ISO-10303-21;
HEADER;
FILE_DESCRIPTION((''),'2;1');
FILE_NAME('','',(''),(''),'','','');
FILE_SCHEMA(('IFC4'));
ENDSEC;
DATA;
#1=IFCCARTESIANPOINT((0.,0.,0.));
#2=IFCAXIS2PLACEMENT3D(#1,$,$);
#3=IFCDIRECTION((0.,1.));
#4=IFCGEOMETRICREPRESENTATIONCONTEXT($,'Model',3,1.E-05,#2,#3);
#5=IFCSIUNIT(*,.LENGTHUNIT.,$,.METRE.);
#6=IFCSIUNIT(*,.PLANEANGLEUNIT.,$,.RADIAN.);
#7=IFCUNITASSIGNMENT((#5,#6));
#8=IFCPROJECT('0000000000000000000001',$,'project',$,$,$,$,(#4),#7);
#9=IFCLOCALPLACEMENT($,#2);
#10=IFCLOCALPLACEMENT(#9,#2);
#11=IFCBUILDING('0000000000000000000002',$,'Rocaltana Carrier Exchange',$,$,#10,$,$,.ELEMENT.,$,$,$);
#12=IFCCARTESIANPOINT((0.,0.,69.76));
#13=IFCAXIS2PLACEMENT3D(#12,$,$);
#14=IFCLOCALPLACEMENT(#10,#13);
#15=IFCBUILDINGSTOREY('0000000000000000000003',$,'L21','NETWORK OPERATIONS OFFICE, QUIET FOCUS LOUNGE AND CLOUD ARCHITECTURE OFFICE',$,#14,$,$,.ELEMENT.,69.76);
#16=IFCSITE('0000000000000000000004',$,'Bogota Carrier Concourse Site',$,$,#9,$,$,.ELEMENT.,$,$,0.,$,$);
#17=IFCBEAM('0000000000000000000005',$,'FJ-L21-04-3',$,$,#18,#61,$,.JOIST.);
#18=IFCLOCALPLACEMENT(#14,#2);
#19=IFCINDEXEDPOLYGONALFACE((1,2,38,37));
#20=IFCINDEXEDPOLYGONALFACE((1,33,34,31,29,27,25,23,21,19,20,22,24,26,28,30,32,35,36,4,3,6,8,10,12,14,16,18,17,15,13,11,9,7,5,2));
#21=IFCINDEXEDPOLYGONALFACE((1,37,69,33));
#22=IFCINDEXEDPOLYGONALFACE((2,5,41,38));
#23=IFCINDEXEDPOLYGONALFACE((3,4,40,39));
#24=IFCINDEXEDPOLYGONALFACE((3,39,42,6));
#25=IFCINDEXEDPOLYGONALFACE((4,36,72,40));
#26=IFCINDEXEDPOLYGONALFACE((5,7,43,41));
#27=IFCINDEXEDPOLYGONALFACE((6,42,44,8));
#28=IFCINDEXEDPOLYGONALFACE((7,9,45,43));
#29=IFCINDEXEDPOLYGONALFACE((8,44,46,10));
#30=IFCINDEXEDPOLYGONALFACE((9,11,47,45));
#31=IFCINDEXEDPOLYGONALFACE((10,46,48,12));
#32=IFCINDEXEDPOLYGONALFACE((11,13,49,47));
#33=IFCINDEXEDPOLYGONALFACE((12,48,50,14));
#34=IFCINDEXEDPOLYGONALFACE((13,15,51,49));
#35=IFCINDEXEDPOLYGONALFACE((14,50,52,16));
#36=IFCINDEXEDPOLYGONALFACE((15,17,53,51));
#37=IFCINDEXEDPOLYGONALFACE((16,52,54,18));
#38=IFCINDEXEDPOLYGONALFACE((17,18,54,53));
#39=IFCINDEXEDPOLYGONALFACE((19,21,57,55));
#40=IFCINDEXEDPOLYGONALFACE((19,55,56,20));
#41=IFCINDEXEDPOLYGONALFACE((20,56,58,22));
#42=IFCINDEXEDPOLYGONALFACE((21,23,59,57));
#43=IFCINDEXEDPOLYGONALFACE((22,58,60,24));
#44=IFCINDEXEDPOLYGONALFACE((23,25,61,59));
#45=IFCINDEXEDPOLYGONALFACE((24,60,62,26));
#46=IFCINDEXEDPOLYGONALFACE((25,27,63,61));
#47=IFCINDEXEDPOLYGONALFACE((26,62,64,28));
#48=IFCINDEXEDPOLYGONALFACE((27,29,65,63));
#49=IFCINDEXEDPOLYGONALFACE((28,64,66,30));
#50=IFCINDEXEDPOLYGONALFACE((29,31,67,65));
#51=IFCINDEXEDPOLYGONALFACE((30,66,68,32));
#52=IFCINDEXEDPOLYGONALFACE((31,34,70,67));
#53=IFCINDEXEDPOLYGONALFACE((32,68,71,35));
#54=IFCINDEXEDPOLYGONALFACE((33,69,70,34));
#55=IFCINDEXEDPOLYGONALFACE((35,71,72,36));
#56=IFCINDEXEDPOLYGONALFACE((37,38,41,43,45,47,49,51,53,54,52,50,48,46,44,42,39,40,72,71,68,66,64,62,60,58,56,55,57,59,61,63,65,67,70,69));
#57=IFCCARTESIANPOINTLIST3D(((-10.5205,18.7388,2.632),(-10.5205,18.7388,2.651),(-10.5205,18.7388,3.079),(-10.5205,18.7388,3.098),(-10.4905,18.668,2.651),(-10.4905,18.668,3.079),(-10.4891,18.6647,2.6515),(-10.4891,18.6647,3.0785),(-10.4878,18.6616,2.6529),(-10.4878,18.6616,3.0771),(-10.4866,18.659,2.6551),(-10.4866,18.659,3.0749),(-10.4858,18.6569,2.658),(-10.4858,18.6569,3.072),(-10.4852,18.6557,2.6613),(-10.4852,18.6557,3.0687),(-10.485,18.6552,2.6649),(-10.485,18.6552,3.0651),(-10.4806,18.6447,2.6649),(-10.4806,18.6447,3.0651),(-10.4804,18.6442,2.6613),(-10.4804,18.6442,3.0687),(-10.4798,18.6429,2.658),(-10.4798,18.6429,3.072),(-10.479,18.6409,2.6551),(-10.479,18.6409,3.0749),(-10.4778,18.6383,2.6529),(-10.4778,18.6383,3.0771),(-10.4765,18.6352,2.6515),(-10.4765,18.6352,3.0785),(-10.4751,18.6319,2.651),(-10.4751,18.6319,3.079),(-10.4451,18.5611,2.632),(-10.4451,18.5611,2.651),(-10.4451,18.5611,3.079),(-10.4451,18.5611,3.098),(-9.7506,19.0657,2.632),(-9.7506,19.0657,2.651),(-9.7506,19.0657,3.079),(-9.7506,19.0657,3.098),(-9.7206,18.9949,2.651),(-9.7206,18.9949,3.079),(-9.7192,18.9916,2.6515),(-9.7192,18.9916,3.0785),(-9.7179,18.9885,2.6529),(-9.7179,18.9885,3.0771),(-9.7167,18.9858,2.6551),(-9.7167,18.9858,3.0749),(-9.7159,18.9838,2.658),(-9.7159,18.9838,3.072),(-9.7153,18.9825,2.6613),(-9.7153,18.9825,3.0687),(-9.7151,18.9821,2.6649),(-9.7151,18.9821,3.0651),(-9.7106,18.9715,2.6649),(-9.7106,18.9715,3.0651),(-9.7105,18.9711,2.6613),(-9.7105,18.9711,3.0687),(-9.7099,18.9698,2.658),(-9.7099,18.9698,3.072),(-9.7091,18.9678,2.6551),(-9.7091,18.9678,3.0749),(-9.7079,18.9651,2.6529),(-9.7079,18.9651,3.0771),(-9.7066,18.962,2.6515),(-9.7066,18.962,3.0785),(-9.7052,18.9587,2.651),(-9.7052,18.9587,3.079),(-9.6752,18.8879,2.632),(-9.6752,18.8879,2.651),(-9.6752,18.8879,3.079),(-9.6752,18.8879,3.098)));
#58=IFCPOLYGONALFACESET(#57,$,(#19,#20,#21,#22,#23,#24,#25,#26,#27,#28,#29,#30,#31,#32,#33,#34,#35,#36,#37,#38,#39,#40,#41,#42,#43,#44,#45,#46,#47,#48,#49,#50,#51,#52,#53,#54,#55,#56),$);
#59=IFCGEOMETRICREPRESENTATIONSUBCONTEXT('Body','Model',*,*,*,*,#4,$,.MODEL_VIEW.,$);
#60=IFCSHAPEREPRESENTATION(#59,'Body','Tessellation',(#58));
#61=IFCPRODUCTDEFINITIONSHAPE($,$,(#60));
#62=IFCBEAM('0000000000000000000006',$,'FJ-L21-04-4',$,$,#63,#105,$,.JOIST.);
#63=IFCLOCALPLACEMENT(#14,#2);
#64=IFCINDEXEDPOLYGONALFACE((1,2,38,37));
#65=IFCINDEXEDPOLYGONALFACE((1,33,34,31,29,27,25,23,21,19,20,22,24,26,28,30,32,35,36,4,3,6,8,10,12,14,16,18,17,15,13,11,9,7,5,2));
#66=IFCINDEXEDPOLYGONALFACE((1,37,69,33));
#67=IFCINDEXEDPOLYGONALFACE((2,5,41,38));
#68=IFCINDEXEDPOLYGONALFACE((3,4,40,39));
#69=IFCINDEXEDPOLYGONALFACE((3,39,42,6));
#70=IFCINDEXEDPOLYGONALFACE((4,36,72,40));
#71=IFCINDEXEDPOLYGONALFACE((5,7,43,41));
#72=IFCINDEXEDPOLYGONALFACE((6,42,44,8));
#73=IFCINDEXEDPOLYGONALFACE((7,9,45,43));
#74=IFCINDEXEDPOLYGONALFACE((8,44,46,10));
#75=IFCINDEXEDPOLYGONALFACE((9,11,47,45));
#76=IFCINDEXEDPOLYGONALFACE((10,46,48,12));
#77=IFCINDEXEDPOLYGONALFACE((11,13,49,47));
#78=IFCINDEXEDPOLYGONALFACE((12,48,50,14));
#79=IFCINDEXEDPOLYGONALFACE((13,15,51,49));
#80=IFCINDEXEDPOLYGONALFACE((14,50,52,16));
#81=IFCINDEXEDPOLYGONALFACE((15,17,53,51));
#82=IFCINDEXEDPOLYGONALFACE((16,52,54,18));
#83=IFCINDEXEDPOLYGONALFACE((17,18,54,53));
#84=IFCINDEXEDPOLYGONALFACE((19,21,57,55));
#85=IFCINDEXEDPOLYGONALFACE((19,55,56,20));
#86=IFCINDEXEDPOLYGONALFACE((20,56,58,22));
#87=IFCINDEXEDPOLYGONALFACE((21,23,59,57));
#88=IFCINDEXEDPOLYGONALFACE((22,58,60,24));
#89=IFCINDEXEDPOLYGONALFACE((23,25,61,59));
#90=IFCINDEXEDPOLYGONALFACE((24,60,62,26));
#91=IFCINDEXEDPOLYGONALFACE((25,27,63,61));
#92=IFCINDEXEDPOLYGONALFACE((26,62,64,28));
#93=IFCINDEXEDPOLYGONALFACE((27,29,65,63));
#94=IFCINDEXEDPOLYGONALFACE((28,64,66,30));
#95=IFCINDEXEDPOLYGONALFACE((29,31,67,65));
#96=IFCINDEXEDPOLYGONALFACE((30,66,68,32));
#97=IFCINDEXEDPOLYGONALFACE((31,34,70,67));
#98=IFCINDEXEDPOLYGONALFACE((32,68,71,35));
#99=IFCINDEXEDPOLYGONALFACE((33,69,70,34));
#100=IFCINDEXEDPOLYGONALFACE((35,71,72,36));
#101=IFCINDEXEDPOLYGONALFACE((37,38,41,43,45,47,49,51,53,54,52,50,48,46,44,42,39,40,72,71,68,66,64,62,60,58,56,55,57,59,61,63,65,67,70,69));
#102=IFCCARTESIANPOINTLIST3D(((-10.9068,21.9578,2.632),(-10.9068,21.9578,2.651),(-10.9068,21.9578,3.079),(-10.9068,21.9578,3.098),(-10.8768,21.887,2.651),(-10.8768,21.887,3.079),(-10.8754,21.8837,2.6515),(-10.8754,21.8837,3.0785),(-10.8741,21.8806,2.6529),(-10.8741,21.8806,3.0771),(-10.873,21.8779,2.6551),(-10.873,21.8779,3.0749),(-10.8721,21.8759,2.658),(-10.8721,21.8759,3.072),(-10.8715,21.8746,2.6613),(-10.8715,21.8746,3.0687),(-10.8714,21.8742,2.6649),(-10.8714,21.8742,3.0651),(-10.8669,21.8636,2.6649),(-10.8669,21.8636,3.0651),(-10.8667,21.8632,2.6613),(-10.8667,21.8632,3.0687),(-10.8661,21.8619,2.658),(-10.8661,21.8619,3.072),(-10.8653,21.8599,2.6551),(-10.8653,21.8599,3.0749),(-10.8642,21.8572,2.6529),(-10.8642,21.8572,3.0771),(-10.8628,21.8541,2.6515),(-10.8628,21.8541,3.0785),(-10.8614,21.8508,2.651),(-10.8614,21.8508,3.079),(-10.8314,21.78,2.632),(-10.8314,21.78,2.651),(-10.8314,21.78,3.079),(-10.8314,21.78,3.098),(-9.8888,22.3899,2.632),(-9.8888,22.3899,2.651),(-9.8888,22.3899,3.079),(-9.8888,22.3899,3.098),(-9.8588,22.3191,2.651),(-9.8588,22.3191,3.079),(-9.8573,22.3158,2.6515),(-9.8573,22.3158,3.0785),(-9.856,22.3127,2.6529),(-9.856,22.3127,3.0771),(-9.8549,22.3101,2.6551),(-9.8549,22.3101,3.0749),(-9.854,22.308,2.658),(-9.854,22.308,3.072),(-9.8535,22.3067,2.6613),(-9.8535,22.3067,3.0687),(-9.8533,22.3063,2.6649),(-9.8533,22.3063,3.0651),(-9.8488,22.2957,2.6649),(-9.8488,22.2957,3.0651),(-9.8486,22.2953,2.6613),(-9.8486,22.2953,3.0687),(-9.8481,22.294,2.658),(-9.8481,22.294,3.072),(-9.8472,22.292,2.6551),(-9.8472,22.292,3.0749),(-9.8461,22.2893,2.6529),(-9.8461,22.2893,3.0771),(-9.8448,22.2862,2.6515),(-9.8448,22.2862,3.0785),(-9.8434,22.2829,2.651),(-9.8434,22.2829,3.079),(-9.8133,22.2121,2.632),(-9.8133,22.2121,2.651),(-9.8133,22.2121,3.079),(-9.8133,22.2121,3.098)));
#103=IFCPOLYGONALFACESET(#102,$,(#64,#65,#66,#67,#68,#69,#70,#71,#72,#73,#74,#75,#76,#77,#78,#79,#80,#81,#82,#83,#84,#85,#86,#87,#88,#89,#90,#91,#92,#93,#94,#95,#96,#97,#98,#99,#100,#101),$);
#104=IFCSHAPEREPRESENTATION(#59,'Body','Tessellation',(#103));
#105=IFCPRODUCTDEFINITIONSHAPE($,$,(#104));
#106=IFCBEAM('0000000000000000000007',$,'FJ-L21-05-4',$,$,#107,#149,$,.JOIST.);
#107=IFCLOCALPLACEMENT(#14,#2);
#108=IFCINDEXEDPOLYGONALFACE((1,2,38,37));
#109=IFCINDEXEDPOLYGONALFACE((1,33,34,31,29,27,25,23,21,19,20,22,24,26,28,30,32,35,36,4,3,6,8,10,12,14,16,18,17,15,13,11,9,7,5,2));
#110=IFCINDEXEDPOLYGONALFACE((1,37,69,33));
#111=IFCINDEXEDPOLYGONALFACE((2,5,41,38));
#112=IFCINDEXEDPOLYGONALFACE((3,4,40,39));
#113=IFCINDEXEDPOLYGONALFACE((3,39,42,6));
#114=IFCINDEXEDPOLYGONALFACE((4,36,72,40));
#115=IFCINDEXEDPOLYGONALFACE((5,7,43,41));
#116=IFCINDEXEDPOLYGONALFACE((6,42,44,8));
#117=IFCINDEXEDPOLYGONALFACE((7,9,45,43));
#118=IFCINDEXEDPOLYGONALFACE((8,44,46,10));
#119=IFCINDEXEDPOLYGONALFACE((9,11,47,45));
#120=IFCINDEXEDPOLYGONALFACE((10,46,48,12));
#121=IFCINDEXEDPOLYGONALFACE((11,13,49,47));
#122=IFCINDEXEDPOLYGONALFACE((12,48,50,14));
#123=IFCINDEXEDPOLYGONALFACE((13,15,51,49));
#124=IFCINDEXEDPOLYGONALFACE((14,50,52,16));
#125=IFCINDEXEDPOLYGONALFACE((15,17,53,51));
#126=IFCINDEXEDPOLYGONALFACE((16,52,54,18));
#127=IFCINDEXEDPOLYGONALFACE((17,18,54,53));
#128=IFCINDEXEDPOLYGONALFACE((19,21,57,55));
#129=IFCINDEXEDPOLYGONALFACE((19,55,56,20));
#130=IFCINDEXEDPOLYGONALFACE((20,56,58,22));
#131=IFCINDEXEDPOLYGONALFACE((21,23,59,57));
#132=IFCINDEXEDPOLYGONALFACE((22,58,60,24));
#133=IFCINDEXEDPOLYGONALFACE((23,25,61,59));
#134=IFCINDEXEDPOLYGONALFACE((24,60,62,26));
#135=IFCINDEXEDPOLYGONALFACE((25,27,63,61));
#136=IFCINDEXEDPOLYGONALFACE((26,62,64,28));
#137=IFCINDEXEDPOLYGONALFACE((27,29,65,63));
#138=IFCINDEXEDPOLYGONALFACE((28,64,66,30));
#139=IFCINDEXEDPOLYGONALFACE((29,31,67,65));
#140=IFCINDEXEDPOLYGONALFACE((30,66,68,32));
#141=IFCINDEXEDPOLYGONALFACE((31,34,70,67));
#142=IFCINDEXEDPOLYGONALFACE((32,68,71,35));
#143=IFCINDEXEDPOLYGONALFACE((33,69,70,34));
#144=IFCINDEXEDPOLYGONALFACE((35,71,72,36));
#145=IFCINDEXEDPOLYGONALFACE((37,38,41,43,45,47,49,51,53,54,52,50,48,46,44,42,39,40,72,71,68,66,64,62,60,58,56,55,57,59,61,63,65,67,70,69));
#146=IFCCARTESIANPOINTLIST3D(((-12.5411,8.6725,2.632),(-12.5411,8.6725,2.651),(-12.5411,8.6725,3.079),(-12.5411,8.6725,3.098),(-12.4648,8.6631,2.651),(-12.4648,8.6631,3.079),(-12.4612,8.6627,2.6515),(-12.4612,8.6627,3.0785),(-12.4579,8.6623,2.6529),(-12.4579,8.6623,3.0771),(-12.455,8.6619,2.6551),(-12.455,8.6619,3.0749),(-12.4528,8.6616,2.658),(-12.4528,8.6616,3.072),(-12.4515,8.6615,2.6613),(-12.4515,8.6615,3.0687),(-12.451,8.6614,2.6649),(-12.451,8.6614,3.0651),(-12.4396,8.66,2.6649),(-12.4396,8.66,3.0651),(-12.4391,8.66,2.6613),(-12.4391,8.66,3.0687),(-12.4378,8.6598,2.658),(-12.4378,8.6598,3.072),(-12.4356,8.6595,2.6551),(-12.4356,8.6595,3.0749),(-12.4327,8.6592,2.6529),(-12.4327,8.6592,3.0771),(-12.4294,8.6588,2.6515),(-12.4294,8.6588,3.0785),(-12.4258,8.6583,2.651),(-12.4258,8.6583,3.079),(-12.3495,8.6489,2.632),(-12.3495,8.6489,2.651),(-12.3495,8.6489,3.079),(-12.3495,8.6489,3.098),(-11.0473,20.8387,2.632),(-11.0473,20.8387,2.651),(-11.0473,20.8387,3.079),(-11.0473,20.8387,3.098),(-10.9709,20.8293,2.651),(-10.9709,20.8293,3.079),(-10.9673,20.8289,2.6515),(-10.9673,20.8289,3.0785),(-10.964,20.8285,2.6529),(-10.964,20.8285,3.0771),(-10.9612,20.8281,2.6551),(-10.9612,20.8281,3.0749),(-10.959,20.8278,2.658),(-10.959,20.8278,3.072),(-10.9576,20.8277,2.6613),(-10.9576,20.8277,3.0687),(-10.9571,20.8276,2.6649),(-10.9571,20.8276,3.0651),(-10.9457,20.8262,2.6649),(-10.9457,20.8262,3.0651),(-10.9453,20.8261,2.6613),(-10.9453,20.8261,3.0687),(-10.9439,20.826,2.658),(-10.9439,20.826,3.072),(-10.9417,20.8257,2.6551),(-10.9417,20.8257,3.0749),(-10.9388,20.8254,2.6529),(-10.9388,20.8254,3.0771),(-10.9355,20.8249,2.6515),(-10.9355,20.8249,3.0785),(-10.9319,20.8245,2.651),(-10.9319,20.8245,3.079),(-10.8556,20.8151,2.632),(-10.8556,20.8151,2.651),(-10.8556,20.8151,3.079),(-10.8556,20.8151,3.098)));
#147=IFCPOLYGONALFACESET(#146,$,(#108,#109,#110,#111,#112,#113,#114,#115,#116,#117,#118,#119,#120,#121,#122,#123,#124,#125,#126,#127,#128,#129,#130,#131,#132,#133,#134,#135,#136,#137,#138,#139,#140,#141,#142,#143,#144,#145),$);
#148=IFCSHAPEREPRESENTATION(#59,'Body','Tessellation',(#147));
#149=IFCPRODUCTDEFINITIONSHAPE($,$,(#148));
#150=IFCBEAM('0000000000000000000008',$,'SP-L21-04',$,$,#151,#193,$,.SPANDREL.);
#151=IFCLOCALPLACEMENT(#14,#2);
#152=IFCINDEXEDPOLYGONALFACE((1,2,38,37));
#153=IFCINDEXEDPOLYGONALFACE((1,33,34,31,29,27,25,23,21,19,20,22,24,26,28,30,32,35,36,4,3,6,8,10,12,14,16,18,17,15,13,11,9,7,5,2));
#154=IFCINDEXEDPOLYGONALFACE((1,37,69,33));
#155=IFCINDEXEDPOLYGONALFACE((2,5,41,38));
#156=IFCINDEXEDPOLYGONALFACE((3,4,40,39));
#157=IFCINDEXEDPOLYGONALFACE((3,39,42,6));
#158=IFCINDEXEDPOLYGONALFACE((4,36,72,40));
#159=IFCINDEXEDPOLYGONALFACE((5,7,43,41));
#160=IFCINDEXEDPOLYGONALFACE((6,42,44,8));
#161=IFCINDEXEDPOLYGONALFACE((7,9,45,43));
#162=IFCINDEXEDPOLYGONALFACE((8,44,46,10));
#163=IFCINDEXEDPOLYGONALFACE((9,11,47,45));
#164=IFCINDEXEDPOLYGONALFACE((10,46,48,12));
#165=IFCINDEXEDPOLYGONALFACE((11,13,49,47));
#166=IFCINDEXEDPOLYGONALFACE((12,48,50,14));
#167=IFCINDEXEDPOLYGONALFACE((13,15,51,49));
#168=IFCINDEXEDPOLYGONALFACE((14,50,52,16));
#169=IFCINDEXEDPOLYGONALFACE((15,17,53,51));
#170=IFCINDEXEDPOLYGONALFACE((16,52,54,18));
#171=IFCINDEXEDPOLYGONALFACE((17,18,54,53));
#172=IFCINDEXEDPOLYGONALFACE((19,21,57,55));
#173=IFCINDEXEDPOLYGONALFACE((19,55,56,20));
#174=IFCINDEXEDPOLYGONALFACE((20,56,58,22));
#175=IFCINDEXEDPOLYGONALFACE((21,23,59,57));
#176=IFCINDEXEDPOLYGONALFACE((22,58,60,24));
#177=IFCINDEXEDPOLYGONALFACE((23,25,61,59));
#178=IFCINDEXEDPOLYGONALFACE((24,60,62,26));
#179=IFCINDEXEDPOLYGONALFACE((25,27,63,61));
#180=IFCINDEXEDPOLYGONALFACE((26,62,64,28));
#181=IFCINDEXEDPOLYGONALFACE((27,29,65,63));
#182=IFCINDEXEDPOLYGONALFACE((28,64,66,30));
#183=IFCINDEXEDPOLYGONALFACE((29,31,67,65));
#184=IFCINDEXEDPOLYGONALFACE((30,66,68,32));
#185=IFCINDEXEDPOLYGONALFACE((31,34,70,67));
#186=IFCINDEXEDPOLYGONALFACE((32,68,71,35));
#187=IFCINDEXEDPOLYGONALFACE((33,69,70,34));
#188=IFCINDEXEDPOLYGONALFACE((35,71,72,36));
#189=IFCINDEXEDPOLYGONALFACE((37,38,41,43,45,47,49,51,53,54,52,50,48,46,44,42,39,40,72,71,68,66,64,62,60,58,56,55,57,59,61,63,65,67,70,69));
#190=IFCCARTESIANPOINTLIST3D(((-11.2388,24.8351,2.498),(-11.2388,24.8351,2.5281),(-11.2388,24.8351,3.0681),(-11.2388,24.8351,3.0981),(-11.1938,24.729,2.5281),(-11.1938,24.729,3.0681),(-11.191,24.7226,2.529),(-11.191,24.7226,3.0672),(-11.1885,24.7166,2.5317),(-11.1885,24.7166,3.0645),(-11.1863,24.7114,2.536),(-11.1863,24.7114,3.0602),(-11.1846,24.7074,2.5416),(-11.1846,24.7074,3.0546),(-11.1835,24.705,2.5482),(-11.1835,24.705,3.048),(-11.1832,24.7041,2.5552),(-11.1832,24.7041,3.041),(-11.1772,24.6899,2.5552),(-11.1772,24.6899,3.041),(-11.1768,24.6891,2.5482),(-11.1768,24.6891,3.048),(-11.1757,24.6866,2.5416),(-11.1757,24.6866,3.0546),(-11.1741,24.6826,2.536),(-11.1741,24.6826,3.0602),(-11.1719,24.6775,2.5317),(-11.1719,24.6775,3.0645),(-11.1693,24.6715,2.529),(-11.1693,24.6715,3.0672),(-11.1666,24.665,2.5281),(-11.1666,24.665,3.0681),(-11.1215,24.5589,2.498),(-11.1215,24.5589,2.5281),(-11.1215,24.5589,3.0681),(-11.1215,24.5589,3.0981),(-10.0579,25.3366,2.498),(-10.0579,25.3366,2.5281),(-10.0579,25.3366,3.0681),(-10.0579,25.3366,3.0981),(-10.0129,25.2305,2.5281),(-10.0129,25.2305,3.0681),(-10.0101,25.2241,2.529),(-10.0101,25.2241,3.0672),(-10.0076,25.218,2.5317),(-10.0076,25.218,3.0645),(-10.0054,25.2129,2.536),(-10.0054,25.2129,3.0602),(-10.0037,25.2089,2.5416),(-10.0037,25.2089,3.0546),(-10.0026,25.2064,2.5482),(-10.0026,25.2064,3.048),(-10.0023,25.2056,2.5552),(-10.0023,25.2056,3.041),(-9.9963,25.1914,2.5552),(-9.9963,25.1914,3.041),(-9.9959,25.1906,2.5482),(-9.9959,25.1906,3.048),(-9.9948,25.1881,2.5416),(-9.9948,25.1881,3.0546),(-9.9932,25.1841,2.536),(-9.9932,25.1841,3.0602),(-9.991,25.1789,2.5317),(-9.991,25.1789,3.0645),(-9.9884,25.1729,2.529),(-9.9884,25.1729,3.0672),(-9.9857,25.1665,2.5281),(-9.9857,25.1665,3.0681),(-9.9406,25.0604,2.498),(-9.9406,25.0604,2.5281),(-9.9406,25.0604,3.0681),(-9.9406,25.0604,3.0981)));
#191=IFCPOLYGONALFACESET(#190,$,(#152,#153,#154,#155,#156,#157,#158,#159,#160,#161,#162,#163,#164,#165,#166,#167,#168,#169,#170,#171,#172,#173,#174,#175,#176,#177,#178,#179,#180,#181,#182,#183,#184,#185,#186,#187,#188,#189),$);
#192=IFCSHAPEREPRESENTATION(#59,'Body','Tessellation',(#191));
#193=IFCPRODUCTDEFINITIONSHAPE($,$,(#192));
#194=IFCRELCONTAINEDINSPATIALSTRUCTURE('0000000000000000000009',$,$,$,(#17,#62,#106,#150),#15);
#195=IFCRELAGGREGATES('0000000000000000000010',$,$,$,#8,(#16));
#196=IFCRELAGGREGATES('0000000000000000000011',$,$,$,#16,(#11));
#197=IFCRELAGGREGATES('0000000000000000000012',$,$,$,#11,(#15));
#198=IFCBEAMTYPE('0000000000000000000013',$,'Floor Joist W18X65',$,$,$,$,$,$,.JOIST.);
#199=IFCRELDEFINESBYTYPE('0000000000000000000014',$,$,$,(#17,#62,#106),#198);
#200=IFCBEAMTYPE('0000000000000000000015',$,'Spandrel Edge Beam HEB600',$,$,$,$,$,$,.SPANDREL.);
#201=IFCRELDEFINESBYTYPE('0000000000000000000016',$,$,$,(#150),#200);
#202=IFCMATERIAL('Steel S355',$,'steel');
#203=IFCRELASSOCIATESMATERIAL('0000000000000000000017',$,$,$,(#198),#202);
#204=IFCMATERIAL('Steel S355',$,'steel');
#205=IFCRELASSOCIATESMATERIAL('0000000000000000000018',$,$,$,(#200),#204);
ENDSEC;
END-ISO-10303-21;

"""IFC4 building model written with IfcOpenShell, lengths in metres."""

from ifc_helpers import new_model, si_unit, direction, frame, origin, origin_2d, place, context, subcontext, project, spatial, i_section, extrude, material, material_profile, profile_set, type_object, element, save


model = new_model("IFC4")

# Units and contexts
model_context = context("Model", 3, precision=1e-05, world=origin(), true_north=direction((0.0, 1.0)))
body_context = subcontext(model_context, "Body", "Model", "MODEL_VIEW")
ifc_project = project(units=[si_unit("LENGTHUNIT", "METRE"), si_unit("PLANEANGLEUNIT", "RADIAN")], contexts=[model_context])

# Site, building, storey
site_placement = place(None, origin())
site = spatial("IfcSite", under=ifc_project, at=site_placement, Name="Bogota Carrier Concourse Site", CompositionType="ELEMENT", RefElevation=0.0)
building_placement = place(site_placement, origin())
building = spatial("IfcBuilding", under=site, at=building_placement, Name="Rocaltana Carrier Exchange", CompositionType="ELEMENT")
storey_placement = place(building_placement, frame((0.0, 0.0, 69.76)))
storey = spatial("IfcBuildingStorey", under=building, at=storey_placement, Name="L21", Description="NETWORK OPERATIONS OFFICE, QUIET FOCUS LOUNGE AND CLOUD ARCHITECTURE OFFICE", CompositionType="ELEMENT", Elevation=69.76)

# Beams
ifc_material_1 = material(Name="Steel S355", Category="steel")
ifc_material_profile_1 = material_profile(ifc_material_1, i_section(OverallWidth=0.1931, OverallDepth=0.4661, WebThickness=0.0115, FlangeThickness=0.019, FilletRadius=0.0139, at=origin_2d()), Name="W18X65")
ifc_profile_set_1 = profile_set([ifc_material_profile_1], Name="Steel S355")
beam_type_1 = type_object("IfcBeamType", Name="Floor Joist W18X65", PredefinedType="JOIST", material=ifc_profile_set_1)
beam_1_placement = place(storey_placement, frame((-9.7129, 18.9768, 2.865), z_axis=(-0.920483, -0.390782, 0.0), x_axis=(0.390782, -0.920483, 0.0)))
element("IfcBeam", 1, at=beam_1_placement, inside=storey, type_object=beam_type_1, Name="FJ-L21-04-3", PredefinedType="JOIST", context=body_context, shape_type="SweptSolid", body=[
    extrude(i_section(OverallWidth=0.1931, OverallDepth=0.4661, WebThickness=0.0115, FlangeThickness=0.019, FilletRadius=0.0139, at=origin_2d()), origin(), (0.0, 0.0, 1.0), 0.8364),
])
beam_2_placement = place(storey_placement, frame((-9.8511, 22.301, 2.865), z_axis=(-0.92051, -0.39072, 0.0), x_axis=(0.39072, -0.92051, 0.0)))
element("IfcBeam", 2, at=beam_2_placement, inside=storey, type_object=beam_type_1, Name="FJ-L21-04-4", PredefinedType="JOIST", context=body_context, shape_type="SweptSolid", body=[
    extrude(i_section(OverallWidth=0.1931, OverallDepth=0.4661, WebThickness=0.0115, FlangeThickness=0.019, FilletRadius=0.0139, at=origin_2d()), origin(), (0.0, 0.0, 1.0), 1.106),
])
beam_3_placement = place(storey_placement, frame((-10.9514, 20.8269, 2.865), z_axis=(-0.121875, -0.992545, 0.0), x_axis=(0.992545, -0.121875, 0.0)))
element("IfcBeam", 3, at=beam_3_placement, inside=storey, type_object=beam_type_1, Name="FJ-L21-05-4", PredefinedType="JOIST", context=body_context, shape_type="SweptSolid", body=[
    extrude(i_section(OverallWidth=0.1931, OverallDepth=0.4661, WebThickness=0.0115, FlangeThickness=0.019, FilletRadius=0.0139, at=origin_2d()), origin(), (0.0, 0.0, 1.0), 12.2576),
])
ifc_material_2 = material(Name="Steel S355", Category="steel")
ifc_material_profile_2 = material_profile(ifc_material_2, i_section(OverallWidth=0.3, OverallDepth=0.6001, WebThickness=0.0154, FlangeThickness=0.03, FilletRadius=0.0271, at=origin_2d()), Name="HEB600")
ifc_profile_set_2 = profile_set([ifc_material_profile_2], Name="Steel S355")
beam_type_2 = type_object("IfcBeamType", Name="Spandrel Edge Beam HEB600", PredefinedType="SPANDREL", material=ifc_profile_set_2)
beam_4_placement = place(storey_placement, frame((-9.9993, 25.1985, 2.7981), z_axis=(-0.920449, -0.390863, 0.0), x_axis=(0.390863, -0.920449, 0.0)))
element("IfcBeam", 4, at=beam_4_placement, inside=storey, type_object=beam_type_2, Name="SP-L21-04", PredefinedType="SPANDREL", context=body_context, shape_type="SweptSolid", body=[
    extrude(i_section(OverallWidth=0.3, OverallDepth=0.6001, WebThickness=0.0154, FlangeThickness=0.03, FilletRadius=0.0271, at=origin_2d()), origin(), (0.0, 0.0, 1.0), 1.283),
])

save(model, "model.ifc")
